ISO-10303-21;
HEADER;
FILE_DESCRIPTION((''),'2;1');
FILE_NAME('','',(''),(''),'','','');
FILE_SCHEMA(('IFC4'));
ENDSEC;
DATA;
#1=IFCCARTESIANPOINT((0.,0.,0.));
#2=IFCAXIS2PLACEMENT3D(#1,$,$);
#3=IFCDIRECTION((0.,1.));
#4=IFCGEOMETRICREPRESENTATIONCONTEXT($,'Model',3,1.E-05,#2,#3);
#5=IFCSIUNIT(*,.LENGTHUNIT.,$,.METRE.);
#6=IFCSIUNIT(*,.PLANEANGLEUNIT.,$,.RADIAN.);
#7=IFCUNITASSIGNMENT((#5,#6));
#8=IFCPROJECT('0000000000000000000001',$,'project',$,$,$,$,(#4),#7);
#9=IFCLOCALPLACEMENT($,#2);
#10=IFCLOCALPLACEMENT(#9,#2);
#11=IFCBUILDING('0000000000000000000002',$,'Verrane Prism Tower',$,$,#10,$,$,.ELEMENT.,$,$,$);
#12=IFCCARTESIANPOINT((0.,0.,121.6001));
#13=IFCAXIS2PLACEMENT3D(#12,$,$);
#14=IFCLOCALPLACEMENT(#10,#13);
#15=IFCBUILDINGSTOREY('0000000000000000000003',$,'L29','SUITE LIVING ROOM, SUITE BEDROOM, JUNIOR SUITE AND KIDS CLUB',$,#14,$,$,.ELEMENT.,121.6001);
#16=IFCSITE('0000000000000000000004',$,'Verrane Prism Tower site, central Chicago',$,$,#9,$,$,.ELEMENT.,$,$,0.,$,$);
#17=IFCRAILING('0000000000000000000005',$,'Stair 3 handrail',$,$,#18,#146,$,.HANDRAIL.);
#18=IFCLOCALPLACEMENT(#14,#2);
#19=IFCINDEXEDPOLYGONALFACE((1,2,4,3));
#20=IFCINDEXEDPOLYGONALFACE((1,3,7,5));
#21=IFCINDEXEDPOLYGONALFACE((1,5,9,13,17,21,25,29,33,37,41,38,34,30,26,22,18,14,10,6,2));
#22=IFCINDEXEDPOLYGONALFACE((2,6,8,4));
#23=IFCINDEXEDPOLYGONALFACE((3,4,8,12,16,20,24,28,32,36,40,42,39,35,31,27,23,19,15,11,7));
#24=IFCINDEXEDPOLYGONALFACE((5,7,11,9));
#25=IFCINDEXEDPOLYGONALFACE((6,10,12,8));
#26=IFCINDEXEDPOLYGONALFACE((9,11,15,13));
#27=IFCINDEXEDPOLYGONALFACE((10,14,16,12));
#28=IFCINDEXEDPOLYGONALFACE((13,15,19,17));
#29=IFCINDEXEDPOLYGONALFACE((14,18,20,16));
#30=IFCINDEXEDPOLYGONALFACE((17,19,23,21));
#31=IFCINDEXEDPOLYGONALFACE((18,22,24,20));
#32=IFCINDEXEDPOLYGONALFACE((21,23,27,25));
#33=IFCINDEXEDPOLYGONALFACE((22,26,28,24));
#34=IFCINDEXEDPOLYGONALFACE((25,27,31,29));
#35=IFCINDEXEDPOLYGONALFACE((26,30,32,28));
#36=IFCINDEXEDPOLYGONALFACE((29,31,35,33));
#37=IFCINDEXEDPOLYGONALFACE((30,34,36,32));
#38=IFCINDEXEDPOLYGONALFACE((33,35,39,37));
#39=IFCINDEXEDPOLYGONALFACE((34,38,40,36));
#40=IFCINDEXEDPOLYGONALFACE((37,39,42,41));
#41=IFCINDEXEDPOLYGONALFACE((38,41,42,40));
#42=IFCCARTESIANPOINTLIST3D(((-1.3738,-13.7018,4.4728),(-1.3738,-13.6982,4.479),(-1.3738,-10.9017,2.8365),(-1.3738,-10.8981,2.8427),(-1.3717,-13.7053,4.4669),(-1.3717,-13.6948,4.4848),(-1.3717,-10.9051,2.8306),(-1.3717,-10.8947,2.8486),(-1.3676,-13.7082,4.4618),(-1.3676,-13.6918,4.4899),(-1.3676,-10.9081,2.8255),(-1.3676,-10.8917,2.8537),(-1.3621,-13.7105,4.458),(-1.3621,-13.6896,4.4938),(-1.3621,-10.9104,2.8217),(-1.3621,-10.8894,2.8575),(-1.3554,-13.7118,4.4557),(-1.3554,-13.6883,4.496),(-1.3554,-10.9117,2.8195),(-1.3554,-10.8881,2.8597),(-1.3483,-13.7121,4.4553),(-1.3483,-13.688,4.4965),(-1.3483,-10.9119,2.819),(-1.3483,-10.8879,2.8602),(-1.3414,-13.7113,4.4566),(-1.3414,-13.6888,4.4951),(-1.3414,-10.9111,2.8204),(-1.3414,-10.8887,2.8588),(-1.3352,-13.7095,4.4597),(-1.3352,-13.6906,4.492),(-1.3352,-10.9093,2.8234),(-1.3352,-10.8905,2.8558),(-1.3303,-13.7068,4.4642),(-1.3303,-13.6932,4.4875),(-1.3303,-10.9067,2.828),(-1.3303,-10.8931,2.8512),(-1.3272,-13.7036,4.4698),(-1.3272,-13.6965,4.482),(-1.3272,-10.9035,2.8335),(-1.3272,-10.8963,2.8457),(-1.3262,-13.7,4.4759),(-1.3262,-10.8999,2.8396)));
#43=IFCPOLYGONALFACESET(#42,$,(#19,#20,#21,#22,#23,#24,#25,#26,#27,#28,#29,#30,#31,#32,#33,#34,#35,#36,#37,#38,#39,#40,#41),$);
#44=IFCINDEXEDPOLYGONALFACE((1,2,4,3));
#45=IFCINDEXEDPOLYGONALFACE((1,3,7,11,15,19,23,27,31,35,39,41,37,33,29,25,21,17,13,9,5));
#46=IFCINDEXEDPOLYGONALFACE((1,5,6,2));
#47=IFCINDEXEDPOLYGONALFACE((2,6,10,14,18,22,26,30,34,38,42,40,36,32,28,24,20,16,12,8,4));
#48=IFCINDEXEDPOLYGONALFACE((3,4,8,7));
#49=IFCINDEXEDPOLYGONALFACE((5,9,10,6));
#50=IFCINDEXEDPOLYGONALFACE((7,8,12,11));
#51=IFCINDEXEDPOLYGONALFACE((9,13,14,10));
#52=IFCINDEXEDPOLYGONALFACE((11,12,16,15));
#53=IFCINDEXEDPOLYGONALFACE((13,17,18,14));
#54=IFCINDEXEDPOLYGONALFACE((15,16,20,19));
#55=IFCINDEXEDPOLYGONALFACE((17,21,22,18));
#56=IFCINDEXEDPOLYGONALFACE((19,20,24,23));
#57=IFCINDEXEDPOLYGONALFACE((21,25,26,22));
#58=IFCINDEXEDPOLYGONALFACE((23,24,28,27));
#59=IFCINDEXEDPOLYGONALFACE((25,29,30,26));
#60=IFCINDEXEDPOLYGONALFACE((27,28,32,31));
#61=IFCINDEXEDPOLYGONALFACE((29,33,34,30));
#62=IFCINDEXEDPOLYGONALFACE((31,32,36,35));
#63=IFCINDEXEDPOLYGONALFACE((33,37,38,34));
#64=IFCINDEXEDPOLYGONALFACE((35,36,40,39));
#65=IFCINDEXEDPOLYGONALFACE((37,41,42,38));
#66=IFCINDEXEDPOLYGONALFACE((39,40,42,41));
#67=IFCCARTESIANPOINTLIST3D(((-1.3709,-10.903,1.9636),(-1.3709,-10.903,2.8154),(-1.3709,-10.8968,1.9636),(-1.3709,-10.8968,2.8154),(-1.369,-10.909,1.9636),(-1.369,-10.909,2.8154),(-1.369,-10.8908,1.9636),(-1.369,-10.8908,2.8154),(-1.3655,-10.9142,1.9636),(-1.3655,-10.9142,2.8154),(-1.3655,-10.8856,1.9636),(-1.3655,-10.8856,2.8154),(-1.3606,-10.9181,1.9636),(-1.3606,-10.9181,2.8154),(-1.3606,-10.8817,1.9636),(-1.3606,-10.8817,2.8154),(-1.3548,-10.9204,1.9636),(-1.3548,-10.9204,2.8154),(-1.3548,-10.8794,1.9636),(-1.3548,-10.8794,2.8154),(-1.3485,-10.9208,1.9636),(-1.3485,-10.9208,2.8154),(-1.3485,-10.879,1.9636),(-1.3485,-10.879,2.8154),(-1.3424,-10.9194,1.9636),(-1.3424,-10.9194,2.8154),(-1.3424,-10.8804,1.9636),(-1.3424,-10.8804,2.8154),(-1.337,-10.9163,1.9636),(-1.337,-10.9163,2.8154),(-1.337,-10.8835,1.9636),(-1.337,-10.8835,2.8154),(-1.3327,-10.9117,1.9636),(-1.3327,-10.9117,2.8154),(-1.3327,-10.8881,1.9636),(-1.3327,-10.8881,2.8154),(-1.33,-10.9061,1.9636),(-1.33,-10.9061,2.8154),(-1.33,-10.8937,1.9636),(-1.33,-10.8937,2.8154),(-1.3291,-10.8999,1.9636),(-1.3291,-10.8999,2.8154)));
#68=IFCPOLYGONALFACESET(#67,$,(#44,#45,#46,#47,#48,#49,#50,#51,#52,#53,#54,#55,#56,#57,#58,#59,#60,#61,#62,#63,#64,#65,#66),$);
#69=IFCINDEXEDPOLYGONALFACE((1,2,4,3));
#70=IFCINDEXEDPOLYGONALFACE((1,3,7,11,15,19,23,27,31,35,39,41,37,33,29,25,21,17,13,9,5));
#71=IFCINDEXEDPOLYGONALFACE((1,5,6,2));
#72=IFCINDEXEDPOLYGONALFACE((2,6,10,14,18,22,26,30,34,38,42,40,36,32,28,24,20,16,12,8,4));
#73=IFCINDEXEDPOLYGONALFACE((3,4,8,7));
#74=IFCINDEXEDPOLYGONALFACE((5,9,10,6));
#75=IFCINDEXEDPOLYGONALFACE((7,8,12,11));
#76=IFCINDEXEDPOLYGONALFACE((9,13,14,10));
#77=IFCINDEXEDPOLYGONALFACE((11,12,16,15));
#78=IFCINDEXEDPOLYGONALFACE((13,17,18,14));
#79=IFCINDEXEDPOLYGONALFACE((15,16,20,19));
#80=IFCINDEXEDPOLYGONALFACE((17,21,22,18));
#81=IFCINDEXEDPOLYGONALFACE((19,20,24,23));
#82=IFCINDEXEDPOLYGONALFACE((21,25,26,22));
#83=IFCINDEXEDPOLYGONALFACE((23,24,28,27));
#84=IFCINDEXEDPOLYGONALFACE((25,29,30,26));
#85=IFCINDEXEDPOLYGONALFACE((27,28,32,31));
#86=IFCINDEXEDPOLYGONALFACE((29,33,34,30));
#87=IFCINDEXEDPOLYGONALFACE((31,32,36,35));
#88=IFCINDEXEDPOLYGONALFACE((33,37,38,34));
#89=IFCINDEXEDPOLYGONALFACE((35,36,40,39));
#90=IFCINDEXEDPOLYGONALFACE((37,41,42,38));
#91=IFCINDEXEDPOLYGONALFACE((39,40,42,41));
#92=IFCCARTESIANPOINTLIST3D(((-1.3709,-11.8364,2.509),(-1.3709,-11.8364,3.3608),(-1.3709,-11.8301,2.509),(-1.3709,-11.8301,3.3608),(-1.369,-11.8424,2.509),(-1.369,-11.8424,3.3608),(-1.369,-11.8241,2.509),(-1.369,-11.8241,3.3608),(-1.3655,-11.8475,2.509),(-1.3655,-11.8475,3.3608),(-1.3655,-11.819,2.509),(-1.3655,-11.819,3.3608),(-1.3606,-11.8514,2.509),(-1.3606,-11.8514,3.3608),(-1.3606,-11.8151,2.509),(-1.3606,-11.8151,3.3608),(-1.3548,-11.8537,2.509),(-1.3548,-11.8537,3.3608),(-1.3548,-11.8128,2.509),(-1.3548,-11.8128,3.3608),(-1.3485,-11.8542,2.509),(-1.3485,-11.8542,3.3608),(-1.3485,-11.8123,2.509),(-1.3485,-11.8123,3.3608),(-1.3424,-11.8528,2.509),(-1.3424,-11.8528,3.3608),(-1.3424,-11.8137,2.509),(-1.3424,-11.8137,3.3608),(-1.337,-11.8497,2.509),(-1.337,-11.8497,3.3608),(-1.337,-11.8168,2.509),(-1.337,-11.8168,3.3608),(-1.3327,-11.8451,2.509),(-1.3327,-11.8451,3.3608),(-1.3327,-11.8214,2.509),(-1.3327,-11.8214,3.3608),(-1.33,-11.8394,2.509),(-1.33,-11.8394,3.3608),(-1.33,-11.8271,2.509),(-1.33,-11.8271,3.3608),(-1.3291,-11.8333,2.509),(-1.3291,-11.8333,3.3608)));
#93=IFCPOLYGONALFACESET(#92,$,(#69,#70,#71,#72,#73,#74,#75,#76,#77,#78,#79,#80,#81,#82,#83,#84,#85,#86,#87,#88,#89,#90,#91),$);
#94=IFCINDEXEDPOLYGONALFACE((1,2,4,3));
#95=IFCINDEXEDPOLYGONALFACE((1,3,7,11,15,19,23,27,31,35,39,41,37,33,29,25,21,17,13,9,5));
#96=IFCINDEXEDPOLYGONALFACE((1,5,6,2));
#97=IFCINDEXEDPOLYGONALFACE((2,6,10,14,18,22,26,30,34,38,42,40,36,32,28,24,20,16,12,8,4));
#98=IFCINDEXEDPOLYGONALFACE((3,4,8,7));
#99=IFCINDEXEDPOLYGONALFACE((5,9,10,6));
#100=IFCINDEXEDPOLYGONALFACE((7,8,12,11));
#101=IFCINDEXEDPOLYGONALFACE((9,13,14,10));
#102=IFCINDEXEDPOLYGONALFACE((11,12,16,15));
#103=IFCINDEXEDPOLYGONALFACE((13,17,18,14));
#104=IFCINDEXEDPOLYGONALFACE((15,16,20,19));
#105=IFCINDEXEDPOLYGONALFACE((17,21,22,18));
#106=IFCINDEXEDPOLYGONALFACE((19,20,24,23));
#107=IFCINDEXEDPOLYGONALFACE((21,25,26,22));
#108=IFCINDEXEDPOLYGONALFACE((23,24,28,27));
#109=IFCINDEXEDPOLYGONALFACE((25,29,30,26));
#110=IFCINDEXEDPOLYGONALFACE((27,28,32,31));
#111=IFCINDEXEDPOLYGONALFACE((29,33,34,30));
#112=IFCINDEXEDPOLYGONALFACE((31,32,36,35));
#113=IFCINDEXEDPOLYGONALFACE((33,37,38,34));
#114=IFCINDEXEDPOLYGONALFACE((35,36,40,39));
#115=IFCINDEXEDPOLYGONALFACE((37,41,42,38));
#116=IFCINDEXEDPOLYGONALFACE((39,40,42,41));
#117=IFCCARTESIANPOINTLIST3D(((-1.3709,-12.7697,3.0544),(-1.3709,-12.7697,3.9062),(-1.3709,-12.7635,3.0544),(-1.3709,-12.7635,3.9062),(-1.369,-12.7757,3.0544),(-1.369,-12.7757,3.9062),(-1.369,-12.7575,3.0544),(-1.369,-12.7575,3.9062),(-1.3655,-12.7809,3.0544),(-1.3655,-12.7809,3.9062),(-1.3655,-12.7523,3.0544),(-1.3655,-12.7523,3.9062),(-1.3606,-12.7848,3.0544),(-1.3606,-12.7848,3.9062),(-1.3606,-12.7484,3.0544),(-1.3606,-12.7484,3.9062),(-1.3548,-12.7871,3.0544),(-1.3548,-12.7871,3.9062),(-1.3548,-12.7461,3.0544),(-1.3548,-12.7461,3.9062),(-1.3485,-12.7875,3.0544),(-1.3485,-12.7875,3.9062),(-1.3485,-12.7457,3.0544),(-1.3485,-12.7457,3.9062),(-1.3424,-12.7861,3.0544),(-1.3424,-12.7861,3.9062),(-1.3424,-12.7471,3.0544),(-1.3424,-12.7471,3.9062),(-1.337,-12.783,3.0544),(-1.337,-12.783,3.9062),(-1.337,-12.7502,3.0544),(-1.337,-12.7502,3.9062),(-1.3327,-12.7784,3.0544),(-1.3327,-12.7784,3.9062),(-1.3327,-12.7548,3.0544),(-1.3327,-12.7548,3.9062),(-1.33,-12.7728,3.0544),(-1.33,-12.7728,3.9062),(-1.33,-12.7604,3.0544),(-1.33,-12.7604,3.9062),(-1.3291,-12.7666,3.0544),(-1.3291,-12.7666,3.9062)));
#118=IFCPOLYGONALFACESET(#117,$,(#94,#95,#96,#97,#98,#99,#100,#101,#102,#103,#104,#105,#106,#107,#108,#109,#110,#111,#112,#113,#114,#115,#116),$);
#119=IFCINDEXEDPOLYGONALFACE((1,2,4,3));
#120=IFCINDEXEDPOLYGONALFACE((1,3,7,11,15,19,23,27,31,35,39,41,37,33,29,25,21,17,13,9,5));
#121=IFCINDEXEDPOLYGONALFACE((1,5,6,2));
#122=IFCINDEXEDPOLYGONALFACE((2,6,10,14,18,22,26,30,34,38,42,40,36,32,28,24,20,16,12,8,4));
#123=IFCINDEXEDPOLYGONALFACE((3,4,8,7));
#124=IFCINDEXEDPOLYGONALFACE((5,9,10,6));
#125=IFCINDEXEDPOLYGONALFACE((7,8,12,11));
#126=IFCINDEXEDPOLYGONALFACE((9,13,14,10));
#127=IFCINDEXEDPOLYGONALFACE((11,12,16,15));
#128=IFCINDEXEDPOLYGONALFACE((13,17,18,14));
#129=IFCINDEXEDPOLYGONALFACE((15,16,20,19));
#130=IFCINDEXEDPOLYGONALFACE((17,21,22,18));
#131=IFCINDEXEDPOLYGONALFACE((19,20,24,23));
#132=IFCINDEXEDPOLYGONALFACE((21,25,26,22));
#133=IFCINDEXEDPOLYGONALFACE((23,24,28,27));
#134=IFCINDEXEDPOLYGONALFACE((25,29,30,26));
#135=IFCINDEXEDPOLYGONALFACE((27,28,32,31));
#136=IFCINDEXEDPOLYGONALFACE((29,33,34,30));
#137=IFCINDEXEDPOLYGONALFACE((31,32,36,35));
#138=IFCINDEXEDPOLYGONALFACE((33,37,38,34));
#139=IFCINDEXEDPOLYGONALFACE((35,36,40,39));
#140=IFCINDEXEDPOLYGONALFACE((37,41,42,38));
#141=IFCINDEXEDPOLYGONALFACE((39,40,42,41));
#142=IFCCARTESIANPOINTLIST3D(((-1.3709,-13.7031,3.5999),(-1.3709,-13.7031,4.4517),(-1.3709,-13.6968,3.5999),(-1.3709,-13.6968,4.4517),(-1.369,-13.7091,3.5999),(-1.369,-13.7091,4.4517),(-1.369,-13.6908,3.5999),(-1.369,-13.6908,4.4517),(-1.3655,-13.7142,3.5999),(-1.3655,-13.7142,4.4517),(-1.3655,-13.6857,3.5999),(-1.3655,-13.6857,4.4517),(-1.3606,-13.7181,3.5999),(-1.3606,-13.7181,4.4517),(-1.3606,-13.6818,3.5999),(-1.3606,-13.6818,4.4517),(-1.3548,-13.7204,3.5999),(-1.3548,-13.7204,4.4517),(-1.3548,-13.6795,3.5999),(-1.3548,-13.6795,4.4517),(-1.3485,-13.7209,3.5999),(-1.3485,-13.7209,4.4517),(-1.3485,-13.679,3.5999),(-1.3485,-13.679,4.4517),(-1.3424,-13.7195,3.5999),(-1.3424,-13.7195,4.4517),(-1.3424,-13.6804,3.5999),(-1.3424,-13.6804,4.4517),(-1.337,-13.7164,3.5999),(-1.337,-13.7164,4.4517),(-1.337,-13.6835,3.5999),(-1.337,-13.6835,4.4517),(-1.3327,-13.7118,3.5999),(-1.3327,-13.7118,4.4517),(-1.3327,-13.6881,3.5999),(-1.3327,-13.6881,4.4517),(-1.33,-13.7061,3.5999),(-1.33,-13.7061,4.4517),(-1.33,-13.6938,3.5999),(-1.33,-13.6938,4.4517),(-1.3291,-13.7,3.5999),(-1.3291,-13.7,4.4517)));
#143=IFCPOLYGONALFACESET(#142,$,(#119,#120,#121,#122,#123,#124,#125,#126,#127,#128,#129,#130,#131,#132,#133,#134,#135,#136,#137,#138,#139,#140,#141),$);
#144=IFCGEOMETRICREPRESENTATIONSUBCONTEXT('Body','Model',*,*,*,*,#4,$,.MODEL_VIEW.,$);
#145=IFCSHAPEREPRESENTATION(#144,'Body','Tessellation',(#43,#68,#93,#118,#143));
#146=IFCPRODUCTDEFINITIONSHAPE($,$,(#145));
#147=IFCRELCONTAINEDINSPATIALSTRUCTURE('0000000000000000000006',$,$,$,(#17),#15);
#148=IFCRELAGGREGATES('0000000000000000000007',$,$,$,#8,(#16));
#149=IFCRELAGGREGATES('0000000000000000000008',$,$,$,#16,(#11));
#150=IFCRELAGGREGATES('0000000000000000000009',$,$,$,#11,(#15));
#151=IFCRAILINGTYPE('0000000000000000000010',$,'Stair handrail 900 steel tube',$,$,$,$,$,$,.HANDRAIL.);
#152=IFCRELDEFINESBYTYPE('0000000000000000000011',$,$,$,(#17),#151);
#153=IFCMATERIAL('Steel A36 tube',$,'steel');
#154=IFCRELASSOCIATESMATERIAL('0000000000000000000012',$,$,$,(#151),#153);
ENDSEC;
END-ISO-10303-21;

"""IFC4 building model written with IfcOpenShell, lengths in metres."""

from ifc_helpers import new_model, si_unit, direction, frame, origin, origin_2d, place, context, subcontext, project, spatial, circle, extrude, material, type_object, element, save


model = new_model("IFC4")

# Units and contexts
model_context = context("Model", 3, precision=1e-05, world=origin(), true_north=direction((0.0, 1.0)))
body_context = subcontext(model_context, "Body", "Model", "MODEL_VIEW")
ifc_project = project(units=[si_unit("LENGTHUNIT", "METRE"), si_unit("PLANEANGLEUNIT", "RADIAN")], contexts=[model_context])

# Site, building, storey
site_placement = place(None, origin())
site = spatial("IfcSite", under=ifc_project, at=site_placement, Name="Verrane Prism Tower site, central Chicago", CompositionType="ELEMENT", RefElevation=0.0)
building_placement = place(site_placement, origin())
building = spatial("IfcBuilding", under=site, at=building_placement, Name="Verrane Prism Tower", CompositionType="ELEMENT")
storey_placement = place(building_placement, frame((0.0, 0.0, 121.6001)))
storey = spatial("IfcBuildingStorey", under=building, at=storey_placement, Name="L29", Description="SUITE LIVING ROOM, SUITE BEDROOM, JUNIOR SUITE AND KIDS CLUB", CompositionType="ELEMENT", Elevation=121.6001)

# Railing
ifc_material_1 = material(Name="Steel A36 tube", Category="steel")
railing_type = type_object("IfcRailingType", Name="Stair handrail 900 steel tube", PredefinedType="HANDRAIL", material=ifc_material_1)
railing_placement = place(storey_placement, frame((-1.3501, -10.8999, 1.9636)))
element("IfcRailing", 1, at=railing_placement, inside=storey, type_object=railing_type, Name="Stair 3 handrail", PredefinedType="HANDRAIL", context=body_context, shape_type="SweptSolid", body=[
    extrude(circle(Radius=0.0239, at=origin_2d()), frame((0.0, 0.0, 0.876), z_axis=(0.0, -0.863394, 0.504531), x_axis=(1.0, 0.0, 0.0)), (0.0, 0.0, 1.0), 3.2432),
    extrude(circle(Radius=0.021, at=origin_2d()), origin(), (0.0, 0.0, 1.0), 0.8518),
    extrude(circle(Radius=0.021, at=origin_2d()), frame((0.0, -0.9333, 0.5454)), (0.0, 0.0, 1.0), 0.8518),
    extrude(circle(Radius=0.021, at=origin_2d()), frame((0.0, -1.8667, 1.0908)), (0.0, 0.0, 1.0), 0.8518),
    extrude(circle(Radius=0.021, at=origin_2d()), frame((0.0, -2.8, 1.6362)), (0.0, 0.0, 1.0), 0.8518),
])

save(model, "model.ifc")
